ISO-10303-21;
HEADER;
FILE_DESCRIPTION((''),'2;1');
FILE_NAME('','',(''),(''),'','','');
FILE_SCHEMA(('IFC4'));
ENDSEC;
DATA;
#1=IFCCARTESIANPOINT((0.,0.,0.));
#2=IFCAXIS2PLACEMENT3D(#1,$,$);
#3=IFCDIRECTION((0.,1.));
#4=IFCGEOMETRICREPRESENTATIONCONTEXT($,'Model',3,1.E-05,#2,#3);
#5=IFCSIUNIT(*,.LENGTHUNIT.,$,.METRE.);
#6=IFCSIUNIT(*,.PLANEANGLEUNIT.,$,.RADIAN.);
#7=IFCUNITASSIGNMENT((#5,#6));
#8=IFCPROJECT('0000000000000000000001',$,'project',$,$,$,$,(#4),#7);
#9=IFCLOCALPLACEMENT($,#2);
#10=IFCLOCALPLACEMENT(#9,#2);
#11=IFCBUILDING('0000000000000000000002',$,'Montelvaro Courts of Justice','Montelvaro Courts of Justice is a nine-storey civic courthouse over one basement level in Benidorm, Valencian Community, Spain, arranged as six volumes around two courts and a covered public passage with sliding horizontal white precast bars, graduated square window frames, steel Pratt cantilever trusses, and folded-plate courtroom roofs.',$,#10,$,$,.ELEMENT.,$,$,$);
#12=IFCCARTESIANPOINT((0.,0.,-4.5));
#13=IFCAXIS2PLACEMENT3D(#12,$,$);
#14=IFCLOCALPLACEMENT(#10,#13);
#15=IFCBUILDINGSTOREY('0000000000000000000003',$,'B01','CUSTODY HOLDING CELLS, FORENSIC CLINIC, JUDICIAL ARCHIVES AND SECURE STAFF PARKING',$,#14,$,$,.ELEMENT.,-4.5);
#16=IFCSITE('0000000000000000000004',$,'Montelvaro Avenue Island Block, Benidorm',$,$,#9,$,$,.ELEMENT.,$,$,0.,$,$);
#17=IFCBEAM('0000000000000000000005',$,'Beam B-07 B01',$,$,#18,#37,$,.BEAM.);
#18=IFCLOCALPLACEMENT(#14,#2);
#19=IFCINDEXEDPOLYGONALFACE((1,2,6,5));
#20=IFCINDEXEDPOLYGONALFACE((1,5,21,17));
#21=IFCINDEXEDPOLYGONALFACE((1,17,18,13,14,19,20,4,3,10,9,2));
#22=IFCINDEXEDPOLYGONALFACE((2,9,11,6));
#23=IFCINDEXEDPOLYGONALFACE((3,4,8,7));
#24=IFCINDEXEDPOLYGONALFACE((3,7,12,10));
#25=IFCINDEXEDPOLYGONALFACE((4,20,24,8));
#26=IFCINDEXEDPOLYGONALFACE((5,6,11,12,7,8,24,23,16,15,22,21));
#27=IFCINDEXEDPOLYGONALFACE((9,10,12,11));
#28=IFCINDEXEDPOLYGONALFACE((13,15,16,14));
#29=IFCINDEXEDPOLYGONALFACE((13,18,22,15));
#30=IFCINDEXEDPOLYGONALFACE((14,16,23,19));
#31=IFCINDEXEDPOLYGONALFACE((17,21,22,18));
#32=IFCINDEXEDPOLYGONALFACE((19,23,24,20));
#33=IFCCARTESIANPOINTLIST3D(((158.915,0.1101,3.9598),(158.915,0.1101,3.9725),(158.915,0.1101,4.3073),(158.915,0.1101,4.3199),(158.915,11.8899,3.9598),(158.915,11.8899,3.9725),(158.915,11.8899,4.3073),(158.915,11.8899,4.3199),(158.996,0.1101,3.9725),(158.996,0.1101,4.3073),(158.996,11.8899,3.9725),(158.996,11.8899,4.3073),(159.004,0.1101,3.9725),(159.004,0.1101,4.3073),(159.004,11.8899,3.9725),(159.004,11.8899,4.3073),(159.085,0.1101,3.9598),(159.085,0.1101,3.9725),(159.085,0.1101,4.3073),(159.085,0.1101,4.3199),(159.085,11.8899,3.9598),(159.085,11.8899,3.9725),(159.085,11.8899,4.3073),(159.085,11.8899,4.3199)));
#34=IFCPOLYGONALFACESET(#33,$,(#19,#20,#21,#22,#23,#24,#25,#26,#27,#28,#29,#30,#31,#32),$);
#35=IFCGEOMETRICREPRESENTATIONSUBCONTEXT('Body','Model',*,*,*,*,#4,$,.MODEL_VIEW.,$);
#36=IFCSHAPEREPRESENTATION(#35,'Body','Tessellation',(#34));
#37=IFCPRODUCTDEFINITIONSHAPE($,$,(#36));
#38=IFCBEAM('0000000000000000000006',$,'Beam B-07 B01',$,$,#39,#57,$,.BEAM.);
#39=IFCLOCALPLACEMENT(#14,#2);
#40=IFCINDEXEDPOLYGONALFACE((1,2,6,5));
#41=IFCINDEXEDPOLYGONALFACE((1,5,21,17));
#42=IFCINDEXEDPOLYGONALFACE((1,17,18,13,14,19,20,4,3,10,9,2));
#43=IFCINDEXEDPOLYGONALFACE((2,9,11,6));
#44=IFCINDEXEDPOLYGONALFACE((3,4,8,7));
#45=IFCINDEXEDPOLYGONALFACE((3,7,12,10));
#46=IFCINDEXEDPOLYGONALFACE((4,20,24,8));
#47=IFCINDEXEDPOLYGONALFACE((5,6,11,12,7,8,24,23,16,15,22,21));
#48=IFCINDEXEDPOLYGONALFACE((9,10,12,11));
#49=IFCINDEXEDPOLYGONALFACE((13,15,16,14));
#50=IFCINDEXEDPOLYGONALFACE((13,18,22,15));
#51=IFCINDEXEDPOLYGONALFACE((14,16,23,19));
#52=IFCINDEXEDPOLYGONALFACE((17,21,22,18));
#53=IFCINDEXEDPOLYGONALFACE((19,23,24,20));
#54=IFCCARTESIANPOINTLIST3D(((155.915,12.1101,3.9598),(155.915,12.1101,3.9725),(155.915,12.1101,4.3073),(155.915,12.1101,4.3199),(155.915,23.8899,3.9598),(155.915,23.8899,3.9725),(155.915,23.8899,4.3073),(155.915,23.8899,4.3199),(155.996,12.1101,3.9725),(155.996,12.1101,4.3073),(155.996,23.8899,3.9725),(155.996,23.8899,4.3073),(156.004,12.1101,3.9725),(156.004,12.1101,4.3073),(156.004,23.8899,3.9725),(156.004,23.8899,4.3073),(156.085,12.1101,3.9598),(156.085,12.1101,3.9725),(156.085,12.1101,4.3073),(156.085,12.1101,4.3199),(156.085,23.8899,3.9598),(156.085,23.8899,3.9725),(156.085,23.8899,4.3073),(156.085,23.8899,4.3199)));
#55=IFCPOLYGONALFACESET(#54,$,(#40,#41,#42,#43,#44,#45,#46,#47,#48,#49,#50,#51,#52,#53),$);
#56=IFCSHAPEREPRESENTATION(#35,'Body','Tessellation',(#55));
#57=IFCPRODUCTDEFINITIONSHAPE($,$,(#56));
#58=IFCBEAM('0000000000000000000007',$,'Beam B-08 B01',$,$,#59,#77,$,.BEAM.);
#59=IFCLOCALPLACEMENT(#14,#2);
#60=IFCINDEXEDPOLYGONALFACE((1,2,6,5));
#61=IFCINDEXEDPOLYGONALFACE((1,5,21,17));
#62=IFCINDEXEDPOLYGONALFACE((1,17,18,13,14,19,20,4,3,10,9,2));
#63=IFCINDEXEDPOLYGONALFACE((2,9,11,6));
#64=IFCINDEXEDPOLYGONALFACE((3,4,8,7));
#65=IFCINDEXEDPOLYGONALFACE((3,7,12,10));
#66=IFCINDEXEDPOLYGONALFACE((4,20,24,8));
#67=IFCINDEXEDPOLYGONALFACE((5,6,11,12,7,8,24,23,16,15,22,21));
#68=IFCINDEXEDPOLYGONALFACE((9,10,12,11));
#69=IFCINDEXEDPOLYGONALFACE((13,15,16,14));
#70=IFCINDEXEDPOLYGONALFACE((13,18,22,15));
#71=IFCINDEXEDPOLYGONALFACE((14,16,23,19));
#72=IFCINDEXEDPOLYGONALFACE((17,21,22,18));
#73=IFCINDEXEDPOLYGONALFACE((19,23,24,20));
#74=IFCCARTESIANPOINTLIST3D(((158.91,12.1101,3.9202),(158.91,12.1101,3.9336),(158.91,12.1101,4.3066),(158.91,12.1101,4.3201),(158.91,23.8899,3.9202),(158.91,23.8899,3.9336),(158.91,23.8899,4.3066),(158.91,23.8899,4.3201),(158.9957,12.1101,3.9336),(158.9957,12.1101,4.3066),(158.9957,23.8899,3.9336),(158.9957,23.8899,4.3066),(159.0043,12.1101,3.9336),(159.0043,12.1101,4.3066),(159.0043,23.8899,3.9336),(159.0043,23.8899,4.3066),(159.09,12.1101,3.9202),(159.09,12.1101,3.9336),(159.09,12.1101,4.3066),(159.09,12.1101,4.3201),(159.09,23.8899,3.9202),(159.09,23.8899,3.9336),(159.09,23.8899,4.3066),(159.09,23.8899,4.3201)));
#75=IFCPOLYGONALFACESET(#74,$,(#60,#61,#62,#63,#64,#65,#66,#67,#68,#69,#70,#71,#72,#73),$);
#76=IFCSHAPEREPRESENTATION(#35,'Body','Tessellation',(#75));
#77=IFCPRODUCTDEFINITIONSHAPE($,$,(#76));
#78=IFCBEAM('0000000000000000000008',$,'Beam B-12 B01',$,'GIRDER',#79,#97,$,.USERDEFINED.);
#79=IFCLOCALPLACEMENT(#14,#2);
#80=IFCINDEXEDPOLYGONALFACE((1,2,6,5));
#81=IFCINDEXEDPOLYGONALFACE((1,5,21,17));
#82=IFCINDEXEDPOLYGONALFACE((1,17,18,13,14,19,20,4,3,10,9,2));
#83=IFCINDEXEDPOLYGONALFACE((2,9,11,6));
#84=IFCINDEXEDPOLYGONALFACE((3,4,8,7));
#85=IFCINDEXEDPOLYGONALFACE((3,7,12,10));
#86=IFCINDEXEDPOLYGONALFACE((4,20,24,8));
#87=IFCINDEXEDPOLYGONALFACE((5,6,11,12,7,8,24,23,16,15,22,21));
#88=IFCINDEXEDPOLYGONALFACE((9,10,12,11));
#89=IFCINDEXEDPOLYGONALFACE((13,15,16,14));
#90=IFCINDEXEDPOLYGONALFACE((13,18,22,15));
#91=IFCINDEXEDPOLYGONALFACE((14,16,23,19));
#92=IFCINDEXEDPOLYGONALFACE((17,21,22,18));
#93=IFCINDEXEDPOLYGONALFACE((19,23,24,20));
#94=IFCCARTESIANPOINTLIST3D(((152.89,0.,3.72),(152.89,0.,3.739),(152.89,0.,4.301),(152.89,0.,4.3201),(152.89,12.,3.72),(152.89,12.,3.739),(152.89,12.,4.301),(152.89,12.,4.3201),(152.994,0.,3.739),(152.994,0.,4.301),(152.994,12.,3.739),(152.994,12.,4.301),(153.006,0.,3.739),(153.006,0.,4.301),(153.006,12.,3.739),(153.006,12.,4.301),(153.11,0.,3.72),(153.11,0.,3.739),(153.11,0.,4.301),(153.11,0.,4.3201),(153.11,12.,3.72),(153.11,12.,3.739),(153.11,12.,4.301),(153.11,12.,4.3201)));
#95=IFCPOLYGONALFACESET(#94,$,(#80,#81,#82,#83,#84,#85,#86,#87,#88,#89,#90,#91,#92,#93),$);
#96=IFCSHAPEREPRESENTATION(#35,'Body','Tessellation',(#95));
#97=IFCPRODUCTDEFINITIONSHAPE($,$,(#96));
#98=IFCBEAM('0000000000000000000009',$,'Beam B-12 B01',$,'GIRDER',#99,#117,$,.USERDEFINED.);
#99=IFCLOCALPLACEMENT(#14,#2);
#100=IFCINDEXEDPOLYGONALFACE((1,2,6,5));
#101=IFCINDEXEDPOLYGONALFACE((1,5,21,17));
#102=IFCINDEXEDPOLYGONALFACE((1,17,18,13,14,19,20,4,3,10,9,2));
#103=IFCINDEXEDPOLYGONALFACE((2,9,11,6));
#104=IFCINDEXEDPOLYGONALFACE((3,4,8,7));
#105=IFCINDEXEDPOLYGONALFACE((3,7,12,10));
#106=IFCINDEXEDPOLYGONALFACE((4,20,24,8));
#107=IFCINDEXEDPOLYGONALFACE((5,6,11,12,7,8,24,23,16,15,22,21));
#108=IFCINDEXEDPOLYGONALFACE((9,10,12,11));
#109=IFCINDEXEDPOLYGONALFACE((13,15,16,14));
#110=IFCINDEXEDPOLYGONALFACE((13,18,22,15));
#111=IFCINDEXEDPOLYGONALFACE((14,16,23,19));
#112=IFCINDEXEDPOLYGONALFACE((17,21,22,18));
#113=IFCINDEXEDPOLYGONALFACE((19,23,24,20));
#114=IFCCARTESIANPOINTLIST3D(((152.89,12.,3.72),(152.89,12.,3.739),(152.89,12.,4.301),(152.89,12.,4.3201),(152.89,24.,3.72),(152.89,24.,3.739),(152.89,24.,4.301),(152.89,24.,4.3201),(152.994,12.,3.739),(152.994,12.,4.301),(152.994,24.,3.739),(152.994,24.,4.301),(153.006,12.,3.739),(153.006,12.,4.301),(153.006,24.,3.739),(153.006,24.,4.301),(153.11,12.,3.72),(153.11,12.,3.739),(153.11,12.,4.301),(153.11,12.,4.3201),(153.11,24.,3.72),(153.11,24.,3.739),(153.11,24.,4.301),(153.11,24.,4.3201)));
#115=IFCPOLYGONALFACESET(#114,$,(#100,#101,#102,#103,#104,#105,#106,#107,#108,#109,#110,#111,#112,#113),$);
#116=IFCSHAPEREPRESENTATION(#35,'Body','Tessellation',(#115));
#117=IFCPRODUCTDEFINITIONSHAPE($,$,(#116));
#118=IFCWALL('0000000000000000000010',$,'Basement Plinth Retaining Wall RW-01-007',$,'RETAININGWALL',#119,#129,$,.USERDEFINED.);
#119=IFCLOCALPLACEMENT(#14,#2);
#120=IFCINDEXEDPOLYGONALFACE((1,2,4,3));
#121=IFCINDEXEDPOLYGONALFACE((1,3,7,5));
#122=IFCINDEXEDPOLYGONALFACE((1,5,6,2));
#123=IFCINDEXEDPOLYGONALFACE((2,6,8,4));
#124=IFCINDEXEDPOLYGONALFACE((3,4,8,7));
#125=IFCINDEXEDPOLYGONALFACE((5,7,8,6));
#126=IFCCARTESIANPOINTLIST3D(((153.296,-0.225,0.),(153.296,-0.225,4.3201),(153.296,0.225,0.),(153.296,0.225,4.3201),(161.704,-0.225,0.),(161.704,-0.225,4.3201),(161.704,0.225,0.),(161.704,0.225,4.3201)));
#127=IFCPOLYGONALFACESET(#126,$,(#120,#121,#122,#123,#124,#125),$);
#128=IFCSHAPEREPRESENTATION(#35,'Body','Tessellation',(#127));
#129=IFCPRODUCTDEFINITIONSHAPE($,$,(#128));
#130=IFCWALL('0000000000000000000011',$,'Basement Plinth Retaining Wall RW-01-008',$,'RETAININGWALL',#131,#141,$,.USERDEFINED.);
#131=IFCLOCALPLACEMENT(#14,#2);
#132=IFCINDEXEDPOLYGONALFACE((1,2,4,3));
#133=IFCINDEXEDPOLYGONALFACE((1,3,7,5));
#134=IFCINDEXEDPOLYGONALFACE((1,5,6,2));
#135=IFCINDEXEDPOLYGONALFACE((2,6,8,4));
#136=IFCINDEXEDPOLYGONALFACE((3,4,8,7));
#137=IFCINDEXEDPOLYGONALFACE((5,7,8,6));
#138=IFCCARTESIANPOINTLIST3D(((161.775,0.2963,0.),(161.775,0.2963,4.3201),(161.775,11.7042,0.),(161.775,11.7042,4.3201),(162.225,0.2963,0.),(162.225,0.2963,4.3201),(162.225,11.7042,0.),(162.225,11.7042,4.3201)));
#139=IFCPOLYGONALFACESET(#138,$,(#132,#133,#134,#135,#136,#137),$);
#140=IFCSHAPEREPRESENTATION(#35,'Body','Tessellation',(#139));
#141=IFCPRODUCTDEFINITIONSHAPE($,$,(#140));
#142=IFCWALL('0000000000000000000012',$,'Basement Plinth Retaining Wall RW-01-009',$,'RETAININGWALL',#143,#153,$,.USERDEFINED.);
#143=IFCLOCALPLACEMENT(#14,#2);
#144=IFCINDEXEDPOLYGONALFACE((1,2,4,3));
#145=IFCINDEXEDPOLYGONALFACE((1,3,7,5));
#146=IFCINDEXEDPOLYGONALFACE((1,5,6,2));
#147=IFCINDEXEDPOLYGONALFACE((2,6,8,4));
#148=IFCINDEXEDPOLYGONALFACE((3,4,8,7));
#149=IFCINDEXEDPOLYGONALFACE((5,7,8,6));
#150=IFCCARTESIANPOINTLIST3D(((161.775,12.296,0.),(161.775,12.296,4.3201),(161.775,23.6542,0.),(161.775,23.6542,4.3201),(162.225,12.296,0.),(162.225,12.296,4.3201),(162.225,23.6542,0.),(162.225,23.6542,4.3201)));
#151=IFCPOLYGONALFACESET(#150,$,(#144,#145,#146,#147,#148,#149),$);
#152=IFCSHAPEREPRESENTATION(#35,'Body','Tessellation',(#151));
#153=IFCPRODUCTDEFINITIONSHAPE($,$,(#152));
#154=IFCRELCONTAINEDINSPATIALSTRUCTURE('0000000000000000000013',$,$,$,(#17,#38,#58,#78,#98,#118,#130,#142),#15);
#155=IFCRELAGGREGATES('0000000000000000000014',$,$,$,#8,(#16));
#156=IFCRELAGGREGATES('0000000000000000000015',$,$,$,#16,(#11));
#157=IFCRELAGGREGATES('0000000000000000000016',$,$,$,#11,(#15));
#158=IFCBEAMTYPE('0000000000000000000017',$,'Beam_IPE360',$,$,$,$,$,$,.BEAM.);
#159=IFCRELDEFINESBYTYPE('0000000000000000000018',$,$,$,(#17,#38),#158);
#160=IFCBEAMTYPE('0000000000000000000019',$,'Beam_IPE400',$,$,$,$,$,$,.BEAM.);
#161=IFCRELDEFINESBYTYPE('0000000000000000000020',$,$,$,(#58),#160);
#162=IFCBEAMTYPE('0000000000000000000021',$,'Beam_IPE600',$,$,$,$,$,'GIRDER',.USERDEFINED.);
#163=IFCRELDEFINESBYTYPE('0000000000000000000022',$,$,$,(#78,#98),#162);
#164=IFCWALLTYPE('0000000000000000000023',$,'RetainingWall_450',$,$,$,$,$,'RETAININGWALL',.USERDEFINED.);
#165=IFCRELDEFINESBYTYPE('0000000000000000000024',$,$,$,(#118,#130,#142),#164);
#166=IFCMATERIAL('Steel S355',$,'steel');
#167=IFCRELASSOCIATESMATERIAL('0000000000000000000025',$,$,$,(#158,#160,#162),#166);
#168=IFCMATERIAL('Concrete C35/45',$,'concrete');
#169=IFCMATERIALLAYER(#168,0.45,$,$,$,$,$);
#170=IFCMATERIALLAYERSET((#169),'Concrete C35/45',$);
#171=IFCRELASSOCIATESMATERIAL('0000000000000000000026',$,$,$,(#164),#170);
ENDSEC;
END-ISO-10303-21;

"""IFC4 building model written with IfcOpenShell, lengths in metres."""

from ifc_helpers import new_model, si_unit, direction, frame, frame_2d, origin, origin_2d, place, context, subcontext, project, spatial, rectangle, i_section, extrude, material, layer, layer_set, material_profile, profile_set, type_object, element, save


model = new_model("IFC4")

# Units and contexts
model_context = context("Model", 3, precision=1e-05, world=origin(), true_north=direction((0.0, 1.0)))
body_context = subcontext(model_context, "Body", "Model", "MODEL_VIEW")
ifc_project = project(units=[si_unit("LENGTHUNIT", "METRE"), si_unit("PLANEANGLEUNIT", "RADIAN")], contexts=[model_context])

# Site, building, storey
site_placement = place(None, origin())
site = spatial("IfcSite", under=ifc_project, at=site_placement, Name="Montelvaro Avenue Island Block, Benidorm", CompositionType="ELEMENT", RefElevation=0.0)
building_placement = place(site_placement, origin())
building = spatial("IfcBuilding", under=site, at=building_placement, Name="Montelvaro Courts of Justice", Description="Montelvaro Courts of Justice is a nine-storey civic courthouse over one basement level in Benidorm, Valencian Community, Spain, arranged as six volumes around two courts and a covered public passage with sliding horizontal white precast bars, graduated square window frames, steel Pratt cantilever trusses, and folded-plate courtroom roofs.", CompositionType="ELEMENT")
storey_placement = place(building_placement, frame((0.0, 0.0, -4.5)))
storey = spatial("IfcBuildingStorey", under=building, at=storey_placement, Name="B01", Description="CUSTODY HOLDING CELLS, FORENSIC CLINIC, JUDICIAL ARCHIVES AND SECURE STAFF PARKING", CompositionType="ELEMENT", Elevation=-4.5)

# Shared definitions
ifc_material_1 = material(Name="Concrete C35/45", Category="concrete")

# Beams
ifc_material_2 = material(Name="Steel S355", Category="steel")
ifc_material_profile_1 = material_profile(ifc_material_2, i_section(OverallWidth=0.1699, OverallDepth=0.3601, WebThickness=0.0081, FlangeThickness=0.0127, at=origin_2d()), Name="IPE 360")
ifc_profile_set_1 = profile_set([ifc_material_profile_1], Name="Steel S355")
beam_type_1 = type_object("IfcBeamType", Name="Beam_IPE360", PredefinedType="BEAM", material=ifc_profile_set_1)
for number, where, z_axis, x_axis, name in (
    (1, (159.0, 0.1101, 4.1399), (0.0, 1.0, 0.0), (-1.0, 0.0, 0.0), "Beam B-07 B01"),
    (2, (156.0, 12.1101, 4.1399), (0.0, 1.0, 0.0), (-1.0, 0.0, 0.0), "Beam B-07 B01"),
):
    element("IfcBeam", number, at=place(storey_placement, frame(where, z_axis=z_axis, x_axis=x_axis)), inside=storey, type_object=beam_type_1, Name=name, PredefinedType="BEAM", context=body_context, shape_type="SweptSolid", body=[
        extrude(i_section(OverallWidth=0.1699, OverallDepth=0.3601, WebThickness=0.0081, FlangeThickness=0.0127, at=origin_2d()), origin(), (0.0, 0.0, 1.0), 11.7798),
    ])
ifc_material_profile_2 = material_profile(ifc_material_2, i_section(OverallWidth=0.1799, OverallDepth=0.3999, WebThickness=0.0085, FlangeThickness=0.0134, at=origin_2d()), Name="IPE 400")
ifc_profile_set_2 = profile_set([ifc_material_profile_2], Name="Steel S355")
beam_type_2 = type_object("IfcBeamType", Name="Beam_IPE400", PredefinedType="BEAM", material=ifc_profile_set_2)
beam_1_placement = place(storey_placement, frame((159.0, 12.1101, 4.1201), z_axis=(0.0, 1.0, 0.0), x_axis=(-1.0, 0.0, 0.0)))
element("IfcBeam", 3, at=beam_1_placement, inside=storey, type_object=beam_type_2, Name="Beam B-08 B01", PredefinedType="BEAM", context=body_context, shape_type="SweptSolid", body=[
    extrude(i_section(OverallWidth=0.1799, OverallDepth=0.3999, WebThickness=0.0085, FlangeThickness=0.0134, at=origin_2d()), origin(), (0.0, 0.0, 1.0), 11.7798),
])
ifc_material_profile_3 = material_profile(ifc_material_2, i_section(OverallWidth=0.22, OverallDepth=0.6001, WebThickness=0.012, FlangeThickness=0.019, at=origin_2d()), Name="IPE 600")
ifc_profile_set_3 = profile_set([ifc_material_profile_3], Name="Steel S355")
beam_type_3 = type_object("IfcBeamType", Name="Beam_IPE600", ElementType="GIRDER", PredefinedType="USERDEFINED", material=ifc_profile_set_3)
for number, where, z_axis, x_axis, name in (
    (4, (153.0, 0.0, 4.02), (0.0, 1.0, 0.0), (-1.0, 0.0, 0.0), "Beam B-12 B01"),
    (5, (153.0, 12.0, 4.02), (0.0, 1.0, 0.0), (-1.0, 0.0, 0.0), "Beam B-12 B01"),
):
    element("IfcBeam", number, at=place(storey_placement, frame(where, z_axis=z_axis, x_axis=x_axis)), inside=storey, type_object=beam_type_3, Name=name, ObjectType="GIRDER", PredefinedType="USERDEFINED", context=body_context, shape_type="SweptSolid", body=[
        extrude(i_section(OverallWidth=0.22, OverallDepth=0.6001, WebThickness=0.012, FlangeThickness=0.019, at=origin_2d()), origin(), (0.0, 0.0, 1.0), 12.0),
    ])

# Walls
ifc_layer = layer(ifc_material_1, 0.45)
ifc_layer_set = layer_set([ifc_layer], Name="Concrete C35/45")
wall_type = type_object("IfcWallType", Name="RetainingWall_450", ElementType="RETAININGWALL", PredefinedType="USERDEFINED", material=ifc_layer_set)
wall_1_placement = place(storey_placement, frame((153.2959, 0.0, 0.0), z_axis=(0.0, 0.0, 1.0), x_axis=(1.0, 0.0, 0.0)))
element("IfcWall", 6, at=wall_1_placement, inside=storey, type_object=wall_type, Name="Basement Plinth Retaining Wall RW-01-007", ObjectType="RETAININGWALL", PredefinedType="USERDEFINED", context=body_context, shape_type="SweptSolid", body=[
    extrude(rectangle(XDim=8.408, YDim=0.45, at=frame_2d((4.2041, 0.0))), origin(), (0.0, 0.0, 1.0), 4.3201),
])
wall_2_placement = place(storey_placement, frame((162.0, 0.2961, 0.0), z_axis=(0.0, 0.0, 1.0), x_axis=(0.0, 1.0, 0.0)))
element("IfcWall", 7, at=wall_2_placement, inside=storey, type_object=wall_type, Name="Basement Plinth Retaining Wall RW-01-008", ObjectType="RETAININGWALL", PredefinedType="USERDEFINED", context=body_context, shape_type="SweptSolid", body=[
    extrude(rectangle(XDim=11.408, YDim=0.45, at=frame_2d((5.7041, 0.0))), origin(), (0.0, 0.0, 1.0), 4.3201),
])
wall_3_placement = place(storey_placement, frame((162.0, 12.2959, 0.0), z_axis=(0.0, 0.0, 1.0), x_axis=(0.0, 1.0, 0.0)))
element("IfcWall", 8, at=wall_3_placement, inside=storey, type_object=wall_type, Name="Basement Plinth Retaining Wall RW-01-009", ObjectType="RETAININGWALL", PredefinedType="USERDEFINED", context=body_context, shape_type="SweptSolid", body=[
    extrude(rectangle(XDim=11.3582, YDim=0.45, at=frame_2d((5.6792, 0.0))), origin(), (0.0, 0.0, 1.0), 4.3201),
])

save(model, "model.ifc")
